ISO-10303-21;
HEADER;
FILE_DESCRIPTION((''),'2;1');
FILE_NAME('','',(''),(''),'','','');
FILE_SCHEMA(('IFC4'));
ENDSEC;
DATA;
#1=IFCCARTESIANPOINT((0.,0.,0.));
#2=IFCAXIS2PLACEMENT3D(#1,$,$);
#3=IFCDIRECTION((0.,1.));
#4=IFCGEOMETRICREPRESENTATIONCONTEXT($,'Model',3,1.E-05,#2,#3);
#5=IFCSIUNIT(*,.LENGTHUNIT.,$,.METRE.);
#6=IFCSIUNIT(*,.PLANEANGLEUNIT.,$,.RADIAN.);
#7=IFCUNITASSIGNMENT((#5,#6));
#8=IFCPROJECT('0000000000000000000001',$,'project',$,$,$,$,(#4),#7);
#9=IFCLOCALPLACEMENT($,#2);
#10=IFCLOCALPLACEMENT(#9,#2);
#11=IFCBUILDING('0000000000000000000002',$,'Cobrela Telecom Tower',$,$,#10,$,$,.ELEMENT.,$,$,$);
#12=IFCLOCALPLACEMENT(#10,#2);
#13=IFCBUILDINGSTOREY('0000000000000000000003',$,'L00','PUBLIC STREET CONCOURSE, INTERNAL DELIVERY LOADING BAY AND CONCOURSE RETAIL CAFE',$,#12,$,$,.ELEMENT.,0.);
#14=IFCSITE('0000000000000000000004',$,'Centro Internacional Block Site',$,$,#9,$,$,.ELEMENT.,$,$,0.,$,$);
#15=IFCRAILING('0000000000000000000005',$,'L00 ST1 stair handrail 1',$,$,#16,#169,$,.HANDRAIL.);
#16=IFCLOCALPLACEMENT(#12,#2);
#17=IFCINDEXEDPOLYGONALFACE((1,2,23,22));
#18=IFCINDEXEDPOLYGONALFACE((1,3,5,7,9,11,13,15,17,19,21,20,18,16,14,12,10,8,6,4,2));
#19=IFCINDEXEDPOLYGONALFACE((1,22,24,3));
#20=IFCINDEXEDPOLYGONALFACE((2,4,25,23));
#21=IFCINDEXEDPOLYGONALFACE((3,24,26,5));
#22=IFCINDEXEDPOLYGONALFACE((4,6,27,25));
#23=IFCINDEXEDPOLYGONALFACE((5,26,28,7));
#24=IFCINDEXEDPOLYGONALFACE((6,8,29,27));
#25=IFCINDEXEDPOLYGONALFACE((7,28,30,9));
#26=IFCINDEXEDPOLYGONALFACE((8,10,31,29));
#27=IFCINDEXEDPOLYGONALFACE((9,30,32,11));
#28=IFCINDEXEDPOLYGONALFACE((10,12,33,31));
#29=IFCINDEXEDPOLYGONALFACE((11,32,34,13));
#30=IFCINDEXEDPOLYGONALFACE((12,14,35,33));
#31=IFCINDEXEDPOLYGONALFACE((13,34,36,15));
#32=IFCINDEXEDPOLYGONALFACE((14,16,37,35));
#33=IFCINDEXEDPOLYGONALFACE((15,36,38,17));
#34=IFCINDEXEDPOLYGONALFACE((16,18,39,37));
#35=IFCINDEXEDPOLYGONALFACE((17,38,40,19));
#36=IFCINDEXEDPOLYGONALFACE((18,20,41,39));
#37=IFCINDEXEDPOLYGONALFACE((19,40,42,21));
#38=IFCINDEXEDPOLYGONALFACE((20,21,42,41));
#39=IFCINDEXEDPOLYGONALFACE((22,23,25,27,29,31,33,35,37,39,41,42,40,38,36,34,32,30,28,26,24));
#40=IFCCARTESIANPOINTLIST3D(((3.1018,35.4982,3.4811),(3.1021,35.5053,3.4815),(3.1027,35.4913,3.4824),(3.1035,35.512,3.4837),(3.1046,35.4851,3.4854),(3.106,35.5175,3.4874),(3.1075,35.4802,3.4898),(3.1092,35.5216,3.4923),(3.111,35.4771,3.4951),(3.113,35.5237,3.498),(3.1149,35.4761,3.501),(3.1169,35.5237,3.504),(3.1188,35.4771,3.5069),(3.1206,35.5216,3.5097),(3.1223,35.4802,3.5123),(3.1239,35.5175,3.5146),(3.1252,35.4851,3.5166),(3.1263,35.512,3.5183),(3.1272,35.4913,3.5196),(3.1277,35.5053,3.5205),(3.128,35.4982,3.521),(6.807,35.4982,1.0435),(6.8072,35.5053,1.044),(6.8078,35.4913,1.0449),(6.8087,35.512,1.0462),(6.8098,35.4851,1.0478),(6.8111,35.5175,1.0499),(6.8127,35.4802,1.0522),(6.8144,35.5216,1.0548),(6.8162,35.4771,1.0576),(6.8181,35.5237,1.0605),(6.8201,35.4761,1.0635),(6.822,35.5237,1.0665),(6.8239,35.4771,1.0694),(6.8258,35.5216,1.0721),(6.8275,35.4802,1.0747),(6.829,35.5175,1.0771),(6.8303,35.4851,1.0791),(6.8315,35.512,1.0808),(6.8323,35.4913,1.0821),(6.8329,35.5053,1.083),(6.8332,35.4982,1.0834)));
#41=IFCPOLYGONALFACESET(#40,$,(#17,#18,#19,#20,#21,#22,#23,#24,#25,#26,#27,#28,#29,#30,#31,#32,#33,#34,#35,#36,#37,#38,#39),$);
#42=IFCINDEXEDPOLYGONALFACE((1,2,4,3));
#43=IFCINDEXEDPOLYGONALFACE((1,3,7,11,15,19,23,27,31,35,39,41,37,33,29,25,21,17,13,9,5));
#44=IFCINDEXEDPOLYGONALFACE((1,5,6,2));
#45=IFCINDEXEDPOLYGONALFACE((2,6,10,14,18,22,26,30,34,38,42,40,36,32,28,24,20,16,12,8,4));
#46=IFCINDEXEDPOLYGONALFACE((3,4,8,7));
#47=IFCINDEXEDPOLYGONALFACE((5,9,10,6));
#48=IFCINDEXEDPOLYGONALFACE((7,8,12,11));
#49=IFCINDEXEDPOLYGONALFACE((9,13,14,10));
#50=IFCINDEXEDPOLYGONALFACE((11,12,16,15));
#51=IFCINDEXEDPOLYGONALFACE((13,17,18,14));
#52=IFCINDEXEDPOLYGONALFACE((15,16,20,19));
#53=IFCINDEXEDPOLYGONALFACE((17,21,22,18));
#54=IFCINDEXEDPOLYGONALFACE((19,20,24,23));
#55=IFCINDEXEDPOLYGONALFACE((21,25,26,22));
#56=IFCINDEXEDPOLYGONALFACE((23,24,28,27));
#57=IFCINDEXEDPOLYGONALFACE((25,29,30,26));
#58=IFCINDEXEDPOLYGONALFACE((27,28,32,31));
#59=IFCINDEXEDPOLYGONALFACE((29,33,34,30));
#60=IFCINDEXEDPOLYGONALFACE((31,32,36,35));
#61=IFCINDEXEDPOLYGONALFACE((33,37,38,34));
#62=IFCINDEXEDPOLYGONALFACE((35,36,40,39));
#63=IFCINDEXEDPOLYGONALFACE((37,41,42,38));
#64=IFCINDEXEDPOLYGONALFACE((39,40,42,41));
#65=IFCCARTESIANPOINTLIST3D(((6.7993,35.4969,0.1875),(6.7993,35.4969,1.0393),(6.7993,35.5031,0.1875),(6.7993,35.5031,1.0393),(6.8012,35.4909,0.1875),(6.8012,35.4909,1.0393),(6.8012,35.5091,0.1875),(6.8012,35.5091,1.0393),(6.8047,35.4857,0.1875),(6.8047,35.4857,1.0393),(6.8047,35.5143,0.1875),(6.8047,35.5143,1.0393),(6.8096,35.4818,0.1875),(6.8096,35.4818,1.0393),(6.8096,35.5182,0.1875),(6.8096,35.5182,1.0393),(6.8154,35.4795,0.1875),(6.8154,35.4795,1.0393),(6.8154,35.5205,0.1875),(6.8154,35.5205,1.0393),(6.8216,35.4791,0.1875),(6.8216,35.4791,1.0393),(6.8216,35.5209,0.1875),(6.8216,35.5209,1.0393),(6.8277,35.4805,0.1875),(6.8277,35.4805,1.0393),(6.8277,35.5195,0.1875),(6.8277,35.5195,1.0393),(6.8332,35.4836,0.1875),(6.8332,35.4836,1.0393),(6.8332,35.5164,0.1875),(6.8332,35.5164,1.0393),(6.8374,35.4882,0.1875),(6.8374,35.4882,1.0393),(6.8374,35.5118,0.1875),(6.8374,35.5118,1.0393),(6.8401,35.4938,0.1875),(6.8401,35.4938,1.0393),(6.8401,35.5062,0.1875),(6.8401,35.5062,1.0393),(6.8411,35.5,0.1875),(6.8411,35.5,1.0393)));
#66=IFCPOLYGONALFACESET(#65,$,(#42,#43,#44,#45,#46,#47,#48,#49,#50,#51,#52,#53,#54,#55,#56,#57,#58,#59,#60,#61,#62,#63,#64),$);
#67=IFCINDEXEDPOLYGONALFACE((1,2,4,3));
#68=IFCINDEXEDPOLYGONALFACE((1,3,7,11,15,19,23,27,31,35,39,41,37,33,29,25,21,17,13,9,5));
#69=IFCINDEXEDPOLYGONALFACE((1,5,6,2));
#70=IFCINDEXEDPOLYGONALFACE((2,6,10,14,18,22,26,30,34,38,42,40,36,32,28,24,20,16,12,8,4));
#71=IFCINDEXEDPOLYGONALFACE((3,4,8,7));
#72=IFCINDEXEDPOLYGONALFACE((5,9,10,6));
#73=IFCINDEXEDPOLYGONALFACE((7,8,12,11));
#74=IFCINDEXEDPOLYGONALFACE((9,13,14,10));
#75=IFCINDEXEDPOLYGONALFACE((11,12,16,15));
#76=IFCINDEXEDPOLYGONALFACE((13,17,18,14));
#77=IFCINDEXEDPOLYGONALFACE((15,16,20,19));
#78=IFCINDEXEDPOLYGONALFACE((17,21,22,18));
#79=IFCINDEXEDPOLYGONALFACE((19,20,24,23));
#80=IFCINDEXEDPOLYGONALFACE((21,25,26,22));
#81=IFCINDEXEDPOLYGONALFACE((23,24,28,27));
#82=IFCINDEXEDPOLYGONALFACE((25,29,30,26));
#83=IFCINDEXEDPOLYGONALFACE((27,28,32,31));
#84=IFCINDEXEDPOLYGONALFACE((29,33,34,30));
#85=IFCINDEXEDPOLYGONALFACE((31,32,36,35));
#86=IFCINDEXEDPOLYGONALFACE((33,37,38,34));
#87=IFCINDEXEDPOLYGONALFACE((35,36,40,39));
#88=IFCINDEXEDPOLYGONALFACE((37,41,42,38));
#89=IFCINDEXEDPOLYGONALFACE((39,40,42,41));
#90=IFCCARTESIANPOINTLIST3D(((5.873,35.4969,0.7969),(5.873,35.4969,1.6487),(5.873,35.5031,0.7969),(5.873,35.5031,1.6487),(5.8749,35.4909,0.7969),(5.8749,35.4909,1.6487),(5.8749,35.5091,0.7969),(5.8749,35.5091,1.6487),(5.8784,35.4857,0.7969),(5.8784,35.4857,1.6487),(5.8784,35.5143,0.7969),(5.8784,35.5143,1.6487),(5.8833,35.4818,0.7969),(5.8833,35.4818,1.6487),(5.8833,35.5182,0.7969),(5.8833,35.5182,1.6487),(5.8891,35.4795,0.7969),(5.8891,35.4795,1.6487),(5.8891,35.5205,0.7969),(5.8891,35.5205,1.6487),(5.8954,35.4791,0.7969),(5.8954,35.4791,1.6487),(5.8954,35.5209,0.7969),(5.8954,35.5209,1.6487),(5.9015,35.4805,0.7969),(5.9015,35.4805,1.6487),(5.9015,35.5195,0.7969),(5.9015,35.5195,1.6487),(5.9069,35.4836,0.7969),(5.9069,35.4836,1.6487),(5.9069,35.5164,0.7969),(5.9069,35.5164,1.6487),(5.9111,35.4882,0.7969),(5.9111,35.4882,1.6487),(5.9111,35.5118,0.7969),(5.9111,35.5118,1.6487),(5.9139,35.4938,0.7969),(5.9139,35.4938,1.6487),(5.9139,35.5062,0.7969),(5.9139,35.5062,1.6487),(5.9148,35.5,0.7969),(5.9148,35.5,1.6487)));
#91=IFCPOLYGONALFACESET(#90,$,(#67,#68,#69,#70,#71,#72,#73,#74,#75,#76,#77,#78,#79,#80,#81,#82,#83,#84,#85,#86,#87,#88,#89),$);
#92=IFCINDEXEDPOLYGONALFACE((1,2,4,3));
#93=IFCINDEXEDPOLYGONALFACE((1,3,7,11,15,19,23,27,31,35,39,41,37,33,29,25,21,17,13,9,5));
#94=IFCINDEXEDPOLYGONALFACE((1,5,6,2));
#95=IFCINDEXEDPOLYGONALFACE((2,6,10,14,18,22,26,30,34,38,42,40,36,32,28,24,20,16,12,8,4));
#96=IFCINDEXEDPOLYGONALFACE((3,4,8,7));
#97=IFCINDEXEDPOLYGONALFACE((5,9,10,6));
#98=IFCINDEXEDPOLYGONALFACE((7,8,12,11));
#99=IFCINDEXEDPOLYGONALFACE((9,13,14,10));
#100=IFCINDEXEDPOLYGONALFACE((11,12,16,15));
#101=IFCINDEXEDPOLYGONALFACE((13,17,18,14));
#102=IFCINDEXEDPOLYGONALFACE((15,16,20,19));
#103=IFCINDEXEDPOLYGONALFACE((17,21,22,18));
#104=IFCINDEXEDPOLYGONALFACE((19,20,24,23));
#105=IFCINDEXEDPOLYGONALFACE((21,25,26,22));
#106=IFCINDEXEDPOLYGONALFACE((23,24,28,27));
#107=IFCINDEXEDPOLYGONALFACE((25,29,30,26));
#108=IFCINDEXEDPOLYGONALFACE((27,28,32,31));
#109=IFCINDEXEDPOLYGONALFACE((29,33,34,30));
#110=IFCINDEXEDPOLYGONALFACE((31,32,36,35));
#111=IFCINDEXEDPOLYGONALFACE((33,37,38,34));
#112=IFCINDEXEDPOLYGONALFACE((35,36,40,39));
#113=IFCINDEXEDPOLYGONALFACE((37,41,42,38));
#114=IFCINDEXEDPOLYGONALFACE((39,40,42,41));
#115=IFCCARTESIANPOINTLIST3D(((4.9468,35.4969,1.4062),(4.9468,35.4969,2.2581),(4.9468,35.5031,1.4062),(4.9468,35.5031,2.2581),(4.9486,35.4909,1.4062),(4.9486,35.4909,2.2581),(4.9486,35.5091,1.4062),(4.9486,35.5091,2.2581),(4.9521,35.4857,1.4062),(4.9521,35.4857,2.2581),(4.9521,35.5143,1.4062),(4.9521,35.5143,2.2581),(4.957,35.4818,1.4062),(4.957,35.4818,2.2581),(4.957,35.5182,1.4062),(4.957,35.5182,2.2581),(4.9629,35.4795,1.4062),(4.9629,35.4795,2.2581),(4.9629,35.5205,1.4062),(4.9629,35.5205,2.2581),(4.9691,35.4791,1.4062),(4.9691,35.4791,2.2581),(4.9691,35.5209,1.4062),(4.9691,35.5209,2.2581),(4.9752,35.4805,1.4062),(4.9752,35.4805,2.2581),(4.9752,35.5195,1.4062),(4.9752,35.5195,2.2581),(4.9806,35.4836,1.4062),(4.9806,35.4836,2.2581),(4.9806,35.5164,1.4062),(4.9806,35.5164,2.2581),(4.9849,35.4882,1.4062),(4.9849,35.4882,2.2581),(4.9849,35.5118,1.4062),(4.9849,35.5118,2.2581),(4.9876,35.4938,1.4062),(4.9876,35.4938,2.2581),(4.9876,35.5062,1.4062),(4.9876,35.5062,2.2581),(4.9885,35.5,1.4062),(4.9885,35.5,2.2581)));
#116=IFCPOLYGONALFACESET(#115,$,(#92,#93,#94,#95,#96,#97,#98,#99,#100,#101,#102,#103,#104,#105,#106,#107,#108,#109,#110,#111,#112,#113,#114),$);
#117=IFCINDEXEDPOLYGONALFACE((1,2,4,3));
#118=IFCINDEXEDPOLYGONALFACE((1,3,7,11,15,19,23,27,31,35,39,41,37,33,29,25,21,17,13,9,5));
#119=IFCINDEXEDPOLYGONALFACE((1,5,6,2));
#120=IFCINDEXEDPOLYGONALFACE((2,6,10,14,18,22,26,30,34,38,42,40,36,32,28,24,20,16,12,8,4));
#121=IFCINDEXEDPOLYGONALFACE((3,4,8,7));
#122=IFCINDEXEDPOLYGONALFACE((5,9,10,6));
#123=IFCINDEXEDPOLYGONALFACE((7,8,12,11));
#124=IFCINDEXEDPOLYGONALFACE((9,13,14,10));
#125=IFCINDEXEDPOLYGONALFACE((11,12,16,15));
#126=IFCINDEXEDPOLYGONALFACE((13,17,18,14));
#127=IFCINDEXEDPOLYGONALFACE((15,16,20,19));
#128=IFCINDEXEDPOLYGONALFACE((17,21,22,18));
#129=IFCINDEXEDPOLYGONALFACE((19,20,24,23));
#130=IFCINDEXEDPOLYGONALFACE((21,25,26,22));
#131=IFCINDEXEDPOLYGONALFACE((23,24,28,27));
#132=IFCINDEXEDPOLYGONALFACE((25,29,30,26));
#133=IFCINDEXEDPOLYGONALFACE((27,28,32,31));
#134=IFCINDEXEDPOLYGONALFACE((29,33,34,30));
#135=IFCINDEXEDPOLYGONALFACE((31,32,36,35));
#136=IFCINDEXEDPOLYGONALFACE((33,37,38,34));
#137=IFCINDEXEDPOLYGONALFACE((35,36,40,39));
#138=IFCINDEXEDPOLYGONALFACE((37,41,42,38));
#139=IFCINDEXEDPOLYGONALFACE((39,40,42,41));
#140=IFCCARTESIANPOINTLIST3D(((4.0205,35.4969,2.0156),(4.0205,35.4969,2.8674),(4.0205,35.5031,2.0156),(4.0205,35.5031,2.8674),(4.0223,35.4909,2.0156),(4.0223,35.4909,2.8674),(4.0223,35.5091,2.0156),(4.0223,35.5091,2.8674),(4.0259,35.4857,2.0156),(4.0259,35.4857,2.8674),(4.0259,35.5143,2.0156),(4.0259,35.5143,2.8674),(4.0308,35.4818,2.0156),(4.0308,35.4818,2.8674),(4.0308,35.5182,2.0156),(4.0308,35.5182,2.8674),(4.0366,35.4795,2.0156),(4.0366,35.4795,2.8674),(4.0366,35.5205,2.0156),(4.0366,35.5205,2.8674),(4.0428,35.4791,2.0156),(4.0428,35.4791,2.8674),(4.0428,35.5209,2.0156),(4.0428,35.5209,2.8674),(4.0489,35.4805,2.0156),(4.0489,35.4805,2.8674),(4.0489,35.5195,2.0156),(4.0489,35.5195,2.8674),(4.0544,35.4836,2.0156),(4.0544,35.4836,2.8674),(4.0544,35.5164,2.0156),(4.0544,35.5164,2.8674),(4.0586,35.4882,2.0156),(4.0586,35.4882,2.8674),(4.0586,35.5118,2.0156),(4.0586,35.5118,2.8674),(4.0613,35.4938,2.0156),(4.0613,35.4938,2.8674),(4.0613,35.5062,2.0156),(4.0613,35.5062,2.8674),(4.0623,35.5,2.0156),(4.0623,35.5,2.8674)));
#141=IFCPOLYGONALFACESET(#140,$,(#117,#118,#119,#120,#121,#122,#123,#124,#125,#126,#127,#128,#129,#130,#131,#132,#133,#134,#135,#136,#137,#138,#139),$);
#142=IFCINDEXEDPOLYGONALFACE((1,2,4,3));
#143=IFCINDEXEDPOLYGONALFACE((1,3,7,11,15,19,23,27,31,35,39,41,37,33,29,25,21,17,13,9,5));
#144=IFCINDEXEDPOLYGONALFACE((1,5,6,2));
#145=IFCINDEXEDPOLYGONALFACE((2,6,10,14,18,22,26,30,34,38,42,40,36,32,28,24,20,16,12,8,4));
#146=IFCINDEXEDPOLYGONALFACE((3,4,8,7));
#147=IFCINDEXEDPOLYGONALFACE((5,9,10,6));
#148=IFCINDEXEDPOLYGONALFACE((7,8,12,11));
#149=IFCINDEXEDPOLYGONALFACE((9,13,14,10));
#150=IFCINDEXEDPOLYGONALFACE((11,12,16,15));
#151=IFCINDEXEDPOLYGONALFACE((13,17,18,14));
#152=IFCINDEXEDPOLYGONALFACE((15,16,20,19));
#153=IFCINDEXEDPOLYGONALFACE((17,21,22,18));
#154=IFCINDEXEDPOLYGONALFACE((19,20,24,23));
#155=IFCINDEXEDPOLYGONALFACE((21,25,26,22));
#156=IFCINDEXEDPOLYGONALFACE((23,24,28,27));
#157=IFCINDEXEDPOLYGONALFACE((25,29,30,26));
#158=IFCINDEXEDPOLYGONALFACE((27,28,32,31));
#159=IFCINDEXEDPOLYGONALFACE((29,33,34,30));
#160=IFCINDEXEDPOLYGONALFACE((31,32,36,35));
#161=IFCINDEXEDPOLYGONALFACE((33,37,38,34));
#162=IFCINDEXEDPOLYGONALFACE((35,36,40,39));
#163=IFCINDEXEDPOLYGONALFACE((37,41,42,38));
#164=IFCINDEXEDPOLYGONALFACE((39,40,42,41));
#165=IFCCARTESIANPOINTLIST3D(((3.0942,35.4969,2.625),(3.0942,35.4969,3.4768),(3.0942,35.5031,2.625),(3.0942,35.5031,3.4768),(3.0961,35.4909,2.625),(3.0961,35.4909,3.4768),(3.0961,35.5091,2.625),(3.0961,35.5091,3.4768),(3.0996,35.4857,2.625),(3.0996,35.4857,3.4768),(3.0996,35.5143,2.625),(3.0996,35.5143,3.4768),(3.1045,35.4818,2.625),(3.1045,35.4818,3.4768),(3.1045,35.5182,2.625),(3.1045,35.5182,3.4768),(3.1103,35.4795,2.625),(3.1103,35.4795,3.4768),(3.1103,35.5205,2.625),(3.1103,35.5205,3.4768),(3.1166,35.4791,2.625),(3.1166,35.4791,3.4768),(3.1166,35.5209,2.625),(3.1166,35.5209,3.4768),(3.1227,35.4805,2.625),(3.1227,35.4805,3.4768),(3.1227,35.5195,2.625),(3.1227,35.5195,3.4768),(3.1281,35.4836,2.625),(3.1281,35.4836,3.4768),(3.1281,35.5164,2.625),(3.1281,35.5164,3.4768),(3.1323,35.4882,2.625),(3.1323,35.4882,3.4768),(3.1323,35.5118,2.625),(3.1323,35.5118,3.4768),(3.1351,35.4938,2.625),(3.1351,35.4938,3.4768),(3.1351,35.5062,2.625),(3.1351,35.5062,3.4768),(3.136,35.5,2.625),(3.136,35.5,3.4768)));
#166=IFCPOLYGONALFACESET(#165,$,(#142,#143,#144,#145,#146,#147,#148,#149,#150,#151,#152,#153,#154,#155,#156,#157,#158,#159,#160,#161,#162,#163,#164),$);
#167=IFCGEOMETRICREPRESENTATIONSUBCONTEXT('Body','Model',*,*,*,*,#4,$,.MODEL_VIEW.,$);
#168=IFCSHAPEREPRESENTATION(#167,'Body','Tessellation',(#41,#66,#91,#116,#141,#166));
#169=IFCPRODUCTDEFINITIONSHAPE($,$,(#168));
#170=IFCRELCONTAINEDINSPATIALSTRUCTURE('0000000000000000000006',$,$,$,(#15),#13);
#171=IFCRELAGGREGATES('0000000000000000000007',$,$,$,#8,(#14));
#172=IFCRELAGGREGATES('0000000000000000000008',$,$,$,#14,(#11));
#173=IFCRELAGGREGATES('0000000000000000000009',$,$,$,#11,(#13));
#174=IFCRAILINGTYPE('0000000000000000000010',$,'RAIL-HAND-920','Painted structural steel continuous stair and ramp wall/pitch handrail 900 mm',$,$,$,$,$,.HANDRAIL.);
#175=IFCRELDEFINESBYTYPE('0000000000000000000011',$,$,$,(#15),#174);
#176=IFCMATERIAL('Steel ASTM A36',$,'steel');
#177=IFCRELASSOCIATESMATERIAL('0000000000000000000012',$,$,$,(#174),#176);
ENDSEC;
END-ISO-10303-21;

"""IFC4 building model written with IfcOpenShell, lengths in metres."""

from ifc_helpers import new_model, si_unit, direction, frame, origin, origin_2d, place, context, subcontext, project, spatial, circle, extrude, material, type_object, element, save


model = new_model("IFC4")

# Units and contexts
model_context = context("Model", 3, precision=1e-05, world=origin(), true_north=direction((0.0, 1.0)))
body_context = subcontext(model_context, "Body", "Model", "MODEL_VIEW")
ifc_project = project(units=[si_unit("LENGTHUNIT", "METRE"), si_unit("PLANEANGLEUNIT", "RADIAN")], contexts=[model_context])

# Site, building, storey
site_placement = place(None, origin())
site = spatial("IfcSite", under=ifc_project, at=site_placement, Name="Centro Internacional Block Site", CompositionType="ELEMENT", RefElevation=0.0)
building_placement = place(site_placement, origin())
building = spatial("IfcBuilding", under=site, at=building_placement, Name="Cobrela Telecom Tower", CompositionType="ELEMENT")
storey_placement = place(building_placement, origin())
storey = spatial("IfcBuildingStorey", under=building, at=storey_placement, Name="L00", Description="PUBLIC STREET CONCOURSE, INTERNAL DELIVERY LOADING BAY AND CONCOURSE RETAIL CAFE", CompositionType="ELEMENT", Elevation=0.0)

# Shared definitions
ifc_material_1 = material(Name="Steel ASTM A36", Category="steel")

# Railing
railing_type_1 = type_object("IfcRailingType", Name="RAIL-HAND-920", Description="Painted structural steel continuous stair and ramp wall/pitch handrail 900 mm", PredefinedType="HANDRAIL", material=ifc_material_1)
railing_1_placement = place(storey_placement, frame((6.8201, 35.5, 0.1875)))
element("IfcRailing", 1, at=railing_1_placement, inside=storey, type_object=railing_type_1, Name="L00 ST1 stair handrail 1", PredefinedType="HANDRAIL", context=body_context, shape_type="SweptSolid", body=[
    extrude(circle(Radius=0.0239, at=origin_2d()), frame((0.0, 0.0, 0.876), z_axis=(-0.835422, 0.0, 0.549608), x_axis=(0.0, -1.0, 0.0)), (0.0, 0.0, 1.0), 4.4351),
    extrude(circle(Radius=0.021, at=origin_2d()), origin(), (0.0, 0.0, 1.0), 0.8518),
    extrude(circle(Radius=0.021, at=origin_2d()), frame((-0.9263, 0.0, 0.6094)), (0.0, 0.0, 1.0), 0.8518),
    extrude(circle(Radius=0.021, at=origin_2d()), frame((-1.8525, 0.0, 1.2188)), (0.0, 0.0, 1.0), 0.8518),
    extrude(circle(Radius=0.021, at=origin_2d()), frame((-2.7788, 0.0, 1.8281)), (0.0, 0.0, 1.0), 0.8518),
    extrude(circle(Radius=0.021, at=origin_2d()), frame((-3.7051, 0.0, 2.4375)), (0.0, 0.0, 1.0), 0.8518),
])

save(model, "model.ifc")
